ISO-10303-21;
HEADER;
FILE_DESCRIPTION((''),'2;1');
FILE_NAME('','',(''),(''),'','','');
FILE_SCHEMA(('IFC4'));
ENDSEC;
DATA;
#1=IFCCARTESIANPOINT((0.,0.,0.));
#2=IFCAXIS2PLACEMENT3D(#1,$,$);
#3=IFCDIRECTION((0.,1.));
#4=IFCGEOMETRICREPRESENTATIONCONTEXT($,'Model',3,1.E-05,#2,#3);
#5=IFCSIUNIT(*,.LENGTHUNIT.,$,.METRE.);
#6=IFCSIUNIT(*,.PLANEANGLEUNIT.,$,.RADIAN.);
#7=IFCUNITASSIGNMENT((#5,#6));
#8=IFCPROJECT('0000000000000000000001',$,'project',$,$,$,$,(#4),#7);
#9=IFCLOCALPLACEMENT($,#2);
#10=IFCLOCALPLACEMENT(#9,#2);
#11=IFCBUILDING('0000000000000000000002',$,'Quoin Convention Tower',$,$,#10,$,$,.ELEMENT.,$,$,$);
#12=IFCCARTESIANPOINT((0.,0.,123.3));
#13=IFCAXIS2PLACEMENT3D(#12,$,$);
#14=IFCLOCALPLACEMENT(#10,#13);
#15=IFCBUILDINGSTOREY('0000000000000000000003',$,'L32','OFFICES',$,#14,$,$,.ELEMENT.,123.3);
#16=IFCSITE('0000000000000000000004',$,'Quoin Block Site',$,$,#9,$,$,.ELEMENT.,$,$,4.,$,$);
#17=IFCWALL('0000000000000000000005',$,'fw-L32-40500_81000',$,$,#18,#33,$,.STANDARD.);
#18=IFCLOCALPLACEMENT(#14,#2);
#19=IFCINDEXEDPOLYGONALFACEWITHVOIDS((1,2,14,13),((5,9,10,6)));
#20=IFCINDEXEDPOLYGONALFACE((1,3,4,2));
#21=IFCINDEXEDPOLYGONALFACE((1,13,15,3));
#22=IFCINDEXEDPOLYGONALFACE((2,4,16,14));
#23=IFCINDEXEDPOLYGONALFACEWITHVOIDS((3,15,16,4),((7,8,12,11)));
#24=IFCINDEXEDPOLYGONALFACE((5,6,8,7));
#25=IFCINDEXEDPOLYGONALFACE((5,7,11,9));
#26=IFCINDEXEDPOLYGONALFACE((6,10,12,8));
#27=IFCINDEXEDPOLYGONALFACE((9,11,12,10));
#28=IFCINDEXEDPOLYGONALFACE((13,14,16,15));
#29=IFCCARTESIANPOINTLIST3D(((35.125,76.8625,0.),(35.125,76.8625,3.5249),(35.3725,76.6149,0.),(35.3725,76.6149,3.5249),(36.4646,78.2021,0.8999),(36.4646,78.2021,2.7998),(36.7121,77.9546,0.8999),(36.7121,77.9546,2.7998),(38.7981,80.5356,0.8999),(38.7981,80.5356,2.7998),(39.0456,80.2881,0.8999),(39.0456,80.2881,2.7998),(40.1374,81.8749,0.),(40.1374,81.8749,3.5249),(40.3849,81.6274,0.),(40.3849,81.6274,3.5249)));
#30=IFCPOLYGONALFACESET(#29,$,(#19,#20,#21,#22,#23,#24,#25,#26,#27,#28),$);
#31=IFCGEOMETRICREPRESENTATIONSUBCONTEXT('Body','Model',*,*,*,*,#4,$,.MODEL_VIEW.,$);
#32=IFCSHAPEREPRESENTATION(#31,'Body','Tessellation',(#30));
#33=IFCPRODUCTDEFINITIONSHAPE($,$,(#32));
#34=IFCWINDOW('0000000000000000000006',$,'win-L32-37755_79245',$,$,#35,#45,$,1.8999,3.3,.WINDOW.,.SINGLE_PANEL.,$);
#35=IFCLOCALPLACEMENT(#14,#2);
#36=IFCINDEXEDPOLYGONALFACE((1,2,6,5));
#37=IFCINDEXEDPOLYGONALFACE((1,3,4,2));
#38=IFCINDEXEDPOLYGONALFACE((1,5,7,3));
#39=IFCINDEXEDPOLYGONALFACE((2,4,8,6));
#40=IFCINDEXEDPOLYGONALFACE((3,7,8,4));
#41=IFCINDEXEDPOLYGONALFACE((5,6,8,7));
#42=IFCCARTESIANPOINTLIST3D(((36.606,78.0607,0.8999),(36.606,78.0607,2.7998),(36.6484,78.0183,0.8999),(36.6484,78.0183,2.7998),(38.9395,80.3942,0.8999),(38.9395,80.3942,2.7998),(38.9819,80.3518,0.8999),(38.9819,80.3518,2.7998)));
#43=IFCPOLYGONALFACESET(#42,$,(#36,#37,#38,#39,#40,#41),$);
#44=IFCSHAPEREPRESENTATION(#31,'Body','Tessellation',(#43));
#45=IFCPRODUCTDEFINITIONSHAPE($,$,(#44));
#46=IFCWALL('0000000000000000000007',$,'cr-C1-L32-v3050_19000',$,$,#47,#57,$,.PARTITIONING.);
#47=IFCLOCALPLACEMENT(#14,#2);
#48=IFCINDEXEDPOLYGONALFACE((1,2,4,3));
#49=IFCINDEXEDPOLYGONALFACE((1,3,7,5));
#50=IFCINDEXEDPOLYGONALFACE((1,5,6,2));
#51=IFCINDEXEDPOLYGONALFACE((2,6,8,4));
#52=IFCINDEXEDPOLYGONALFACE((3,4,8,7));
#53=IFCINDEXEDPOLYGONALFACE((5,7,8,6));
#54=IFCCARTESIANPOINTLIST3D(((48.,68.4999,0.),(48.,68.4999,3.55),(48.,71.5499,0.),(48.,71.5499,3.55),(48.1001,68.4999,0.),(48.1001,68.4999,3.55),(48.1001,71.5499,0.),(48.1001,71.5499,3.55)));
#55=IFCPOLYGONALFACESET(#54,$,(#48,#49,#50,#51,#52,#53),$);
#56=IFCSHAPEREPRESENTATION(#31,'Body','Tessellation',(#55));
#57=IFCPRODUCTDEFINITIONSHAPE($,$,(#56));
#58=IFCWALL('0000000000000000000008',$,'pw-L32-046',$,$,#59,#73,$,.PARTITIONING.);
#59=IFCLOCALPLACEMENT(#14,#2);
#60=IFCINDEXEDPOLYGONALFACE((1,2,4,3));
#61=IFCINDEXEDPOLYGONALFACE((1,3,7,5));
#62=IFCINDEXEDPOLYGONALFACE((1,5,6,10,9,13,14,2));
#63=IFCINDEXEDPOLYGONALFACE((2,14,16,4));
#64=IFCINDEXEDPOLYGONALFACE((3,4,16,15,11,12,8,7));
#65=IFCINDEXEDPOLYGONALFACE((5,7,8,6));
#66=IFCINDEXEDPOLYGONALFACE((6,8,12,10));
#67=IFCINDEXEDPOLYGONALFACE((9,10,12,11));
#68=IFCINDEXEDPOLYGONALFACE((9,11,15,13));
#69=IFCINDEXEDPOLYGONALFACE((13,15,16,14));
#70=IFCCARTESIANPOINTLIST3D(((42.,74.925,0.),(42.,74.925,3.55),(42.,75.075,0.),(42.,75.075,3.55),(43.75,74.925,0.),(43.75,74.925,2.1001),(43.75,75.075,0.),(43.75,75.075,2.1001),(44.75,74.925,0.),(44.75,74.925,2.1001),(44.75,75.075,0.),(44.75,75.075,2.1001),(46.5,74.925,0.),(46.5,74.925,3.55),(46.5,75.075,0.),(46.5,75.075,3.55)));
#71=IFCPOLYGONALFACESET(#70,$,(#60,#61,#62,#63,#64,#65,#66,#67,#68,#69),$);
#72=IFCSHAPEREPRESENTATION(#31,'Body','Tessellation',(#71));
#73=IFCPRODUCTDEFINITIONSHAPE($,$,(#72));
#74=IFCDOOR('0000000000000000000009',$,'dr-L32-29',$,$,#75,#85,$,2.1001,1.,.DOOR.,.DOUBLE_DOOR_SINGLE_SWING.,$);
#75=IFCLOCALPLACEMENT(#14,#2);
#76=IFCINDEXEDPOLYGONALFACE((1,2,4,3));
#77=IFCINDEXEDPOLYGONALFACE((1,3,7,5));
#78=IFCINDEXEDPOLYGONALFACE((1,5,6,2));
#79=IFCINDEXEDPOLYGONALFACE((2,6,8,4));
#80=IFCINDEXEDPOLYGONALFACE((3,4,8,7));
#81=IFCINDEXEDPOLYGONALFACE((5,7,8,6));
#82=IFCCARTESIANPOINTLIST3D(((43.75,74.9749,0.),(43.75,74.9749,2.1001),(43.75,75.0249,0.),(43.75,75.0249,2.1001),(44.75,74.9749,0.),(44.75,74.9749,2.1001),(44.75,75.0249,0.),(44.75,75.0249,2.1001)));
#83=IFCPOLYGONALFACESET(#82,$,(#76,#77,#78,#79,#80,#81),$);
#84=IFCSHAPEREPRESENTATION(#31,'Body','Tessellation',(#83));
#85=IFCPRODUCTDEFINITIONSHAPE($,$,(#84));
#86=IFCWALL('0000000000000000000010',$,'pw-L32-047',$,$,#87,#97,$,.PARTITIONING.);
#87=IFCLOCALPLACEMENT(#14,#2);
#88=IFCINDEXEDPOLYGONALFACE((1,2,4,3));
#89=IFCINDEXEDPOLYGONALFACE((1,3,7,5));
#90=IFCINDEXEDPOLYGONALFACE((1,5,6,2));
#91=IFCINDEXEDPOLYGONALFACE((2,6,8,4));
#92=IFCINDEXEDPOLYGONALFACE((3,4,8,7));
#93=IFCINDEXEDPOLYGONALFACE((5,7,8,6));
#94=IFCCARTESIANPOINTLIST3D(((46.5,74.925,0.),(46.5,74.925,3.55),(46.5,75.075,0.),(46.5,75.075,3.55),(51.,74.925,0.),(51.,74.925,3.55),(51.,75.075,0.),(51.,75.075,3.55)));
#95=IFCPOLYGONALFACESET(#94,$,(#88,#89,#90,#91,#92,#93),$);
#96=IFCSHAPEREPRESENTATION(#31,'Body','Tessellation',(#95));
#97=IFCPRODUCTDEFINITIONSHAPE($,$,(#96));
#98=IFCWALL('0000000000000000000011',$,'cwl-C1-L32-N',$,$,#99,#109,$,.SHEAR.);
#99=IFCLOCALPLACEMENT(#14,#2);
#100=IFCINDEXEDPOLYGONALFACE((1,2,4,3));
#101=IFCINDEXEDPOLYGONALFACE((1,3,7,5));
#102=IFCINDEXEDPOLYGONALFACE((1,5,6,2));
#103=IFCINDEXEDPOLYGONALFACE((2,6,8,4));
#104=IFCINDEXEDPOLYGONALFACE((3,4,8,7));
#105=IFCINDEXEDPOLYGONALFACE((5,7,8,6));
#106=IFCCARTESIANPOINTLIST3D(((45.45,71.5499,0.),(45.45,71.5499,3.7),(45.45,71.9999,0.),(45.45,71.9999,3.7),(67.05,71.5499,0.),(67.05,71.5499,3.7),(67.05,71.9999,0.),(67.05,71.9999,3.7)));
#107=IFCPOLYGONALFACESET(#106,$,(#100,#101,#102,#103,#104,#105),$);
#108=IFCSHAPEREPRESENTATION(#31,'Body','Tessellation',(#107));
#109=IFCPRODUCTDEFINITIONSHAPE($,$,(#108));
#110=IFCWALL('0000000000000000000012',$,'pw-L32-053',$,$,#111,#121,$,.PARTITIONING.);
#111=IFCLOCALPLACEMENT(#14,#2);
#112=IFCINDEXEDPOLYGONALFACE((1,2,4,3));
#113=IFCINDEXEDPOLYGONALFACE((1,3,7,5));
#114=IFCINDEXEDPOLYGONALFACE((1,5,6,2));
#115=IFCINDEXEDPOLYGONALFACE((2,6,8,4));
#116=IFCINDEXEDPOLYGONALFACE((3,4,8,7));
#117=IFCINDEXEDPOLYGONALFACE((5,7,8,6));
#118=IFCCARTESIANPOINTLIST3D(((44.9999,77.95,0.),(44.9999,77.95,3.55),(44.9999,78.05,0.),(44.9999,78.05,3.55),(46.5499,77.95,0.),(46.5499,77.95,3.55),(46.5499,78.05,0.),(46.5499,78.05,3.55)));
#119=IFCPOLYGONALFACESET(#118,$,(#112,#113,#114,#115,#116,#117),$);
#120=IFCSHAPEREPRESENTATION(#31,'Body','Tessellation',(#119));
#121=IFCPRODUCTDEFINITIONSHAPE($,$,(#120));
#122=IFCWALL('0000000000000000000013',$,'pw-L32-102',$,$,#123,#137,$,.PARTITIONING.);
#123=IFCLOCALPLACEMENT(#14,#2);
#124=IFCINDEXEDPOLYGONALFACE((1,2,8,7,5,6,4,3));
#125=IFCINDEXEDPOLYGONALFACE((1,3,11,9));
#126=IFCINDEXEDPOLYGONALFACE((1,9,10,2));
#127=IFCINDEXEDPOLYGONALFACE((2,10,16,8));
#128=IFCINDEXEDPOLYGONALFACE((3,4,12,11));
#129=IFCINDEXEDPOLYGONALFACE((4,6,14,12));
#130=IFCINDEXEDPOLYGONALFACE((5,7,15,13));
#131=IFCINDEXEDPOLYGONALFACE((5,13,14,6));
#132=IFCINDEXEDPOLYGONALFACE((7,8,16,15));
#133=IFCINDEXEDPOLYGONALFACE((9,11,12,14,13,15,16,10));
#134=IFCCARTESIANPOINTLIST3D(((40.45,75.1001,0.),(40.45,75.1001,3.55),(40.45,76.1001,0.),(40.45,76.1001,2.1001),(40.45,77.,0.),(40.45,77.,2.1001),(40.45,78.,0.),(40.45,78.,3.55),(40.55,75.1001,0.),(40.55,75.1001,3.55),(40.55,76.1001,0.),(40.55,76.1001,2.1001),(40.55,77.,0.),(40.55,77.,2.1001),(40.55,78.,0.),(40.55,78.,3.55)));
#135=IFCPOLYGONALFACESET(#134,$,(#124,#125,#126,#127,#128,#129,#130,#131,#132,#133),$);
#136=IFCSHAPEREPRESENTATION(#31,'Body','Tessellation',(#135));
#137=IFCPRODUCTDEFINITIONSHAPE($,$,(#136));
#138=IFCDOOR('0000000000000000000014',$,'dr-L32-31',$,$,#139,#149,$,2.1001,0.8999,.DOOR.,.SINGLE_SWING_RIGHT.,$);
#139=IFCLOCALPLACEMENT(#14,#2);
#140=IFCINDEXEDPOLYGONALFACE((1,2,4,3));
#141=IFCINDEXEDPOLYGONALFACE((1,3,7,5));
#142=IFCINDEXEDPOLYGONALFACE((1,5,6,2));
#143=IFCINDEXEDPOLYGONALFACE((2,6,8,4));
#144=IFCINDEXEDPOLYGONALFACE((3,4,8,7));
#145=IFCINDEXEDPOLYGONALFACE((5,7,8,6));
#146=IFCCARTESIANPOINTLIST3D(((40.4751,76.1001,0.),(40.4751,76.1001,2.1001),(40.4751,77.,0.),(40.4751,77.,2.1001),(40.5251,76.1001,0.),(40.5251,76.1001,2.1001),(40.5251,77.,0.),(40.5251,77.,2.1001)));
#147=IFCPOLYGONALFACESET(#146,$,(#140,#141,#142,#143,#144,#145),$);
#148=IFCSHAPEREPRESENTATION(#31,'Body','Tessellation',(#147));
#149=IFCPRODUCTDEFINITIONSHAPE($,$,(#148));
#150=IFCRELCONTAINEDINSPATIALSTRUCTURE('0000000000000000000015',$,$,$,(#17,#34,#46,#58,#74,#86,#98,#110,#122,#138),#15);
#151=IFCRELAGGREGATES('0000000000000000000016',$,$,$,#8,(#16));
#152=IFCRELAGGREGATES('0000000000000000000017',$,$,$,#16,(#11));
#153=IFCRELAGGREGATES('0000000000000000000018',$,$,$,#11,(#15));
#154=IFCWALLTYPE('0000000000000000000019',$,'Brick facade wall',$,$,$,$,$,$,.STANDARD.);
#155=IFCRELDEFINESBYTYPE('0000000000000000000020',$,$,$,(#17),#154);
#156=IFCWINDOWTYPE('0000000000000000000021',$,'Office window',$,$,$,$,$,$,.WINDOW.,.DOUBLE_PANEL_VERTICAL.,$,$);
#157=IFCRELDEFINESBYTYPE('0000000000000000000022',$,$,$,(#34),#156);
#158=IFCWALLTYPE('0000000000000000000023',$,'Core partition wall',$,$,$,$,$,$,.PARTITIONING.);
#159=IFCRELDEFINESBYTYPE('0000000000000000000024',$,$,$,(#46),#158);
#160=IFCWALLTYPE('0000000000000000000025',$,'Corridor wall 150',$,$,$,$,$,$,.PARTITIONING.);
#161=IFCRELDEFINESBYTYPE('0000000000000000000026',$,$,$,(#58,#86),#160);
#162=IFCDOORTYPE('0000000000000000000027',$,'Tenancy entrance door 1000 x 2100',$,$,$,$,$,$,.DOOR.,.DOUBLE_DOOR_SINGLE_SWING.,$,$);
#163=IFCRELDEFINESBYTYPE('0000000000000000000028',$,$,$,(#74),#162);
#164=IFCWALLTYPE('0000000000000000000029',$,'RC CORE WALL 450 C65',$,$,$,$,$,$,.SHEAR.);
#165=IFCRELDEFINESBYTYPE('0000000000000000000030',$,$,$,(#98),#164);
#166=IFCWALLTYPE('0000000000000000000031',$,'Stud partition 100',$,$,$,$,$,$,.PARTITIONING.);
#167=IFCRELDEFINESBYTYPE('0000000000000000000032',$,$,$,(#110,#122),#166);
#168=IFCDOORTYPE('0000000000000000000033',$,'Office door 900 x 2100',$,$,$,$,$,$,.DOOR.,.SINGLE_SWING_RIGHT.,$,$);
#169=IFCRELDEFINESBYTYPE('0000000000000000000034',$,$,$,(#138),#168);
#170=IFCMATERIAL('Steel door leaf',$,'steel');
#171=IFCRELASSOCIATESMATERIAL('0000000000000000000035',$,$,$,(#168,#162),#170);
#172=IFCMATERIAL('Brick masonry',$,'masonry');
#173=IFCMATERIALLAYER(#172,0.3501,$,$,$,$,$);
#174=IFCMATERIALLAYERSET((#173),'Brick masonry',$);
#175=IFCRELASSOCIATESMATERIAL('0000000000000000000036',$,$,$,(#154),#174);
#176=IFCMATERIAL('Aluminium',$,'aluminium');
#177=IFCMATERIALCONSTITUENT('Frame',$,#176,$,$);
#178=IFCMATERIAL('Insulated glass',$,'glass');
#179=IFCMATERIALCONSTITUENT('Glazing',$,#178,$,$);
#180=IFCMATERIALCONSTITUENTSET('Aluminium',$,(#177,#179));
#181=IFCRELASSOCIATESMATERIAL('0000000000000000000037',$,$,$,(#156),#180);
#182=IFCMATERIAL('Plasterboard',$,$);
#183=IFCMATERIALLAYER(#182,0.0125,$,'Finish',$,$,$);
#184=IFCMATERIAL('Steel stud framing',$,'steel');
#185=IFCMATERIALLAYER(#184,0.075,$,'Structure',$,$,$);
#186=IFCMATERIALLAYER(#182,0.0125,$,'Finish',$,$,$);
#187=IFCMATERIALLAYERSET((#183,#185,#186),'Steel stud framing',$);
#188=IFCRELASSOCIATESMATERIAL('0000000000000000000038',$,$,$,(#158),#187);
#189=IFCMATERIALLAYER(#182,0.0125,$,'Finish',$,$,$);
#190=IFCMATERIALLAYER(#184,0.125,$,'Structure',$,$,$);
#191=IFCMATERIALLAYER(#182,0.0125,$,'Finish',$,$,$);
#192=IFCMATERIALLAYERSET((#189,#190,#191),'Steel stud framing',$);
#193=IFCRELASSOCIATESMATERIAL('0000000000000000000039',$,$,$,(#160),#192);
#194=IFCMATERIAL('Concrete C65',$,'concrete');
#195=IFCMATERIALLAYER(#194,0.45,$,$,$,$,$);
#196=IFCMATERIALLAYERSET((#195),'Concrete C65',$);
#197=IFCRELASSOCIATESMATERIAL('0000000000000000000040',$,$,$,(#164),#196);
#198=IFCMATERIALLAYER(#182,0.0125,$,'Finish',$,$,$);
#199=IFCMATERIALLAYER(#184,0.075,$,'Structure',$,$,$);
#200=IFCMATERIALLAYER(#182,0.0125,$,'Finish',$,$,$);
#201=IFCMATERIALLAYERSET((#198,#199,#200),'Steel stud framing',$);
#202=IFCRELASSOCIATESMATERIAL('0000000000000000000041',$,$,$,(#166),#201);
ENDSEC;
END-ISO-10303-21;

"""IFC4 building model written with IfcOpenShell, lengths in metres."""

from ifc_helpers import new_model, si_unit, direction, frame, frame_2d, origin, place, context, subcontext, project, spatial, rectangle, extrude, material, layer, layer_set, constituent, constituent_set, type_object, element, fill, save


model = new_model("IFC4")

# Units and contexts
model_context = context("Model", 3, precision=1e-05, world=origin(), true_north=direction((0.0, 1.0)))
body_context = subcontext(model_context, "Body", "Model", "MODEL_VIEW")
ifc_project = project(units=[si_unit("LENGTHUNIT", "METRE"), si_unit("PLANEANGLEUNIT", "RADIAN")], contexts=[model_context])

# Site, building, storey
site_placement = place(None, origin())
site = spatial("IfcSite", under=ifc_project, at=site_placement, Name="Quoin Block Site", CompositionType="ELEMENT", RefElevation=4.0)
building_placement = place(site_placement, origin())
building = spatial("IfcBuilding", under=site, at=building_placement, Name="Quoin Convention Tower", CompositionType="ELEMENT")
storey_placement = place(building_placement, frame((0.0, 0.0, 123.3)))
storey = spatial("IfcBuildingStorey", under=building, at=storey_placement, Name="L32", Description="OFFICES", CompositionType="ELEMENT", Elevation=123.3)

# Shared definitions
ifc_material_1 = material(Name="Concrete C65", Category="concrete")

# Shared definitions
ifc_material_2 = material(Name="Plasterboard")
ifc_material_3 = material(Name="Steel stud framing", Category="steel")

# Shared definitions
ifc_material_4 = material(Name="Steel door leaf", Category="steel")
door_type_1 = type_object("IfcDoorType", Name="Office door 900 x 2100", OperationType="SINGLE_SWING_RIGHT", PredefinedType="DOOR", material=ifc_material_4)

# Wall, opening, window
ifc_material_5 = material(Name="Brick masonry", Category="masonry")
ifc_layer_1 = layer(ifc_material_5, 0.3501)
ifc_layer_set_1 = layer_set([ifc_layer_1], Name="Brick masonry")
wall_type_1 = type_object("IfcWallType", Name="Brick facade wall", PredefinedType="STANDARD", material=ifc_layer_set_1)
wall_1_placement = place(storey_placement, frame((40.2612, 81.7512, 0.0), z_axis=(0.0, 0.0, 1.0), x_axis=(-0.707107, -0.707107, 0.0)))
wall_1 = element("IfcWall", 1, at=wall_1_placement, inside=storey, type_object=wall_type_1, Name="fw-L32-40500_81000", PredefinedType="STANDARD", context=body_context, shape_type="SweptSolid", body=[
    extrude(rectangle(XDim=7.0886, YDim=0.3501, at=frame_2d((3.5444, 0.0))), origin(), (0.0, 0.0, 1.0), 3.5249),
])
opening_1_placement = place(wall_1_placement, frame((1.8943, 0.0, 0.8999)))
opening_1 = element("IfcOpeningElement", 2, at=opening_1_placement, cuts=wall_1, PredefinedType="OPENING", context=body_context, shape_type="SweptSolid", body=[
    extrude(rectangle(XDim=3.3, YDim=1.8999, at=frame_2d((1.6499, 0.95))), frame((0.0, 0.1851, 0.0), z_axis=(0.0, -1.0, 0.0), x_axis=(1.0, 0.0, 0.0)), (0.0, 0.0, 1.0), 0.3701),
])
ifc_material_6 = material(Name="Aluminium", Category="aluminium")
ifc_constituent_1 = constituent(ifc_material_6, Name="Frame")
ifc_material_7 = material(Name="Insulated glass", Category="glass")
ifc_constituent_2 = constituent(ifc_material_7, Name="Glazing")
ifc_constituent_set = constituent_set(constituents=[ifc_constituent_1, ifc_constituent_2], Name="Aluminium")
window_type = type_object("IfcWindowType", Name="Office window", PartitioningType="DOUBLE_PANEL_VERTICAL", PredefinedType="WINDOW", material=ifc_constituent_set)
window_placement = place(opening_1_placement, origin())
window = element("IfcWindow", 3, at=window_placement, inside=storey, type_object=window_type, Name="win-L32-37755_79245", OverallHeight=1.8999, OverallWidth=3.3, PartitioningType="SINGLE_PANEL", PredefinedType="WINDOW", context=body_context, shape_type="SweptSolid", body=[
    extrude(rectangle(XDim=3.3, YDim=1.8999, at=frame_2d((1.6499, 0.95))), frame((0.0, 0.085, 0.0), z_axis=(0.0, -1.0, 0.0), x_axis=(1.0, 0.0, 0.0)), (0.0, 0.0, 1.0), 0.0601),
])
fill(opening_1, window)

# Wall
ifc_layer_2 = layer(ifc_material_2, 0.0125, Name="Finish")
ifc_layer_3 = layer(ifc_material_3, 0.075, Name="Structure")
ifc_layer_4 = layer(ifc_material_2, 0.0125, Name="Finish")
ifc_layer_set_2 = layer_set([ifc_layer_2, ifc_layer_3, ifc_layer_4], Name="Steel stud framing")
wall_type_2 = type_object("IfcWallType", Name="Core partition wall", PredefinedType="PARTITIONING", material=ifc_layer_set_2)
wall_2_placement = place(storey_placement, frame((48.05, 68.5, 0.0), z_axis=(0.0, 0.0, 1.0), x_axis=(0.0, 1.0, 0.0)))
element("IfcWall", 4, at=wall_2_placement, inside=storey, type_object=wall_type_2, Name="cr-C1-L32-v3050_19000", PredefinedType="PARTITIONING", context=body_context, shape_type="SweptSolid", body=[
    extrude(rectangle(XDim=3.05, YDim=0.1001, at=frame_2d((1.5249, 0.0))), origin(), (0.0, 0.0, 1.0), 3.55),
])

# Wall, opening, door
ifc_layer_5 = layer(ifc_material_2, 0.0125, Name="Finish")
ifc_layer_6 = layer(ifc_material_3, 0.125, Name="Structure")
ifc_layer_7 = layer(ifc_material_2, 0.0125, Name="Finish")
ifc_layer_set_3 = layer_set([ifc_layer_5, ifc_layer_6, ifc_layer_7], Name="Steel stud framing")
wall_type_3 = type_object("IfcWallType", Name="Corridor wall 150", PredefinedType="PARTITIONING", material=ifc_layer_set_3)
wall_3_placement = place(storey_placement, frame((42.0, 75.0, 0.0), z_axis=(0.0, 0.0, 1.0), x_axis=(1.0, 0.0, 0.0)))
wall_3 = element("IfcWall", 5, at=wall_3_placement, inside=storey, type_object=wall_type_3, Name="pw-L32-046", PredefinedType="PARTITIONING", context=body_context, shape_type="SweptSolid", body=[
    extrude(rectangle(XDim=4.5, YDim=0.1499, at=frame_2d((2.25, 0.0))), origin(), (0.0, 0.0, 1.0), 3.55),
])
opening_2_placement = place(wall_3_placement, frame((1.75, 0.0, 0.0)))
opening_2 = element("IfcOpeningElement", 6, at=opening_2_placement, cuts=wall_3, PredefinedType="OPENING", context=body_context, shape_type="SweptSolid", body=[
    extrude(rectangle(XDim=1.0, YDim=2.1001, at=frame_2d((0.5, 1.05))), frame((0.0, 0.085, 0.0), z_axis=(0.0, -1.0, 0.0), x_axis=(1.0, 0.0, 0.0)), (0.0, 0.0, 1.0), 0.1699),
])
door_type_2 = type_object("IfcDoorType", Name="Tenancy entrance door 1000 x 2100", OperationType="DOUBLE_DOOR_SINGLE_SWING", PredefinedType="DOOR", material=ifc_material_4)
door_1_placement = place(opening_2_placement, origin())
door_1 = element("IfcDoor", 7, at=door_1_placement, inside=storey, type_object=door_type_2, Name="dr-L32-29", OperationType="DOUBLE_DOOR_SINGLE_SWING", OverallHeight=2.1001, OverallWidth=1.0, PredefinedType="DOOR", context=body_context, shape_type="SweptSolid", body=[
    extrude(rectangle(XDim=1.0, YDim=2.1001, at=frame_2d((0.5, 1.05))), frame((0.0, 0.0249, 0.0), z_axis=(0.0, -1.0, 0.0), x_axis=(1.0, 0.0, 0.0)), (0.0, 0.0, 1.0), 0.05),
])
fill(opening_2, door_1)

# Walls
wall_4_placement = place(storey_placement, frame((46.5, 75.0, 0.0), z_axis=(0.0, 0.0, 1.0), x_axis=(1.0, 0.0, 0.0)))
element("IfcWall", 8, at=wall_4_placement, inside=storey, type_object=wall_type_3, Name="pw-L32-047", PredefinedType="PARTITIONING", context=body_context, shape_type="SweptSolid", body=[
    extrude(rectangle(XDim=4.5, YDim=0.1499, at=frame_2d((2.25, 0.0))), origin(), (0.0, 0.0, 1.0), 3.55),
])
ifc_layer_8 = layer(ifc_material_1, 0.45)
ifc_layer_set_4 = layer_set([ifc_layer_8], Name="Concrete C65")
wall_type_4 = type_object("IfcWallType", Name="RC CORE WALL 450 C65", PredefinedType="SHEAR", material=ifc_layer_set_4)
wall_5_placement = place(storey_placement, frame((45.45, 71.7749, 0.0), z_axis=(0.0, 0.0, 1.0), x_axis=(1.0, 0.0, 0.0)))
element("IfcWall", 9, at=wall_5_placement, inside=storey, type_object=wall_type_4, Name="cwl-C1-L32-N", PredefinedType="SHEAR", context=body_context, shape_type="SweptSolid", body=[
    extrude(rectangle(XDim=21.6001, YDim=0.45, at=frame_2d((10.8, 0.0))), origin(), (0.0, 0.0, 1.0), 3.7),
])
ifc_layer_9 = layer(ifc_material_2, 0.0125, Name="Finish")
ifc_layer_10 = layer(ifc_material_3, 0.075, Name="Structure")
ifc_layer_11 = layer(ifc_material_2, 0.0125, Name="Finish")
ifc_layer_set_5 = layer_set([ifc_layer_9, ifc_layer_10, ifc_layer_11], Name="Steel stud framing")
wall_type_5 = type_object("IfcWallType", Name="Stud partition 100", PredefinedType="PARTITIONING", material=ifc_layer_set_5)
wall_6_placement = place(storey_placement, frame((45.0, 78.0, 0.0), z_axis=(0.0, 0.0, 1.0), x_axis=(1.0, 0.0, 0.0)))
element("IfcWall", 10, at=wall_6_placement, inside=storey, type_object=wall_type_5, Name="pw-L32-053", PredefinedType="PARTITIONING", context=body_context, shape_type="SweptSolid", body=[
    extrude(rectangle(XDim=1.55, YDim=0.1001, at=frame_2d((0.7749, 0.0))), origin(), (0.0, 0.0, 1.0), 3.55),
])

# Wall, opening, door
wall_7_placement = place(storey_placement, frame((40.5, 75.1001, 0.0), z_axis=(0.0, 0.0, 1.0), x_axis=(0.0, 1.0, 0.0)))
wall_7 = element("IfcWall", 11, at=wall_7_placement, inside=storey, type_object=wall_type_5, Name="pw-L32-102", PredefinedType="PARTITIONING", context=body_context, shape_type="SweptSolid", body=[
    extrude(rectangle(XDim=2.8999, YDim=0.1001, at=frame_2d((1.45, 0.0))), origin(), (0.0, 0.0, 1.0), 3.55),
])
opening_3_placement = place(wall_7_placement, frame((1.0, 0.0, 0.0)))
opening_3 = element("IfcOpeningElement", 12, at=opening_3_placement, cuts=wall_7, PredefinedType="OPENING", context=body_context, shape_type="SweptSolid", body=[
    extrude(rectangle(XDim=0.8999, YDim=2.1001, at=frame_2d((0.45, 1.05))), frame((0.0, 0.0601, 0.0), z_axis=(0.0, -1.0, 0.0), x_axis=(1.0, 0.0, 0.0)), (0.0, 0.0, 1.0), 0.1201),
])
door_2_placement = place(opening_3_placement, origin())
door_2 = element("IfcDoor", 13, at=door_2_placement, inside=storey, type_object=door_type_1, Name="dr-L32-31", OperationType="SINGLE_SWING_RIGHT", OverallHeight=2.1001, OverallWidth=0.8999, PredefinedType="DOOR", context=body_context, shape_type="SweptSolid", body=[
    extrude(rectangle(XDim=0.8999, YDim=2.1001, at=frame_2d((0.45, 1.05))), frame((0.0, 0.0249, 0.0), z_axis=(0.0, -1.0, 0.0), x_axis=(1.0, 0.0, 0.0)), (0.0, 0.0, 1.0), 0.05),
])
fill(opening_3, door_2)

save(model, "model.ifc")
